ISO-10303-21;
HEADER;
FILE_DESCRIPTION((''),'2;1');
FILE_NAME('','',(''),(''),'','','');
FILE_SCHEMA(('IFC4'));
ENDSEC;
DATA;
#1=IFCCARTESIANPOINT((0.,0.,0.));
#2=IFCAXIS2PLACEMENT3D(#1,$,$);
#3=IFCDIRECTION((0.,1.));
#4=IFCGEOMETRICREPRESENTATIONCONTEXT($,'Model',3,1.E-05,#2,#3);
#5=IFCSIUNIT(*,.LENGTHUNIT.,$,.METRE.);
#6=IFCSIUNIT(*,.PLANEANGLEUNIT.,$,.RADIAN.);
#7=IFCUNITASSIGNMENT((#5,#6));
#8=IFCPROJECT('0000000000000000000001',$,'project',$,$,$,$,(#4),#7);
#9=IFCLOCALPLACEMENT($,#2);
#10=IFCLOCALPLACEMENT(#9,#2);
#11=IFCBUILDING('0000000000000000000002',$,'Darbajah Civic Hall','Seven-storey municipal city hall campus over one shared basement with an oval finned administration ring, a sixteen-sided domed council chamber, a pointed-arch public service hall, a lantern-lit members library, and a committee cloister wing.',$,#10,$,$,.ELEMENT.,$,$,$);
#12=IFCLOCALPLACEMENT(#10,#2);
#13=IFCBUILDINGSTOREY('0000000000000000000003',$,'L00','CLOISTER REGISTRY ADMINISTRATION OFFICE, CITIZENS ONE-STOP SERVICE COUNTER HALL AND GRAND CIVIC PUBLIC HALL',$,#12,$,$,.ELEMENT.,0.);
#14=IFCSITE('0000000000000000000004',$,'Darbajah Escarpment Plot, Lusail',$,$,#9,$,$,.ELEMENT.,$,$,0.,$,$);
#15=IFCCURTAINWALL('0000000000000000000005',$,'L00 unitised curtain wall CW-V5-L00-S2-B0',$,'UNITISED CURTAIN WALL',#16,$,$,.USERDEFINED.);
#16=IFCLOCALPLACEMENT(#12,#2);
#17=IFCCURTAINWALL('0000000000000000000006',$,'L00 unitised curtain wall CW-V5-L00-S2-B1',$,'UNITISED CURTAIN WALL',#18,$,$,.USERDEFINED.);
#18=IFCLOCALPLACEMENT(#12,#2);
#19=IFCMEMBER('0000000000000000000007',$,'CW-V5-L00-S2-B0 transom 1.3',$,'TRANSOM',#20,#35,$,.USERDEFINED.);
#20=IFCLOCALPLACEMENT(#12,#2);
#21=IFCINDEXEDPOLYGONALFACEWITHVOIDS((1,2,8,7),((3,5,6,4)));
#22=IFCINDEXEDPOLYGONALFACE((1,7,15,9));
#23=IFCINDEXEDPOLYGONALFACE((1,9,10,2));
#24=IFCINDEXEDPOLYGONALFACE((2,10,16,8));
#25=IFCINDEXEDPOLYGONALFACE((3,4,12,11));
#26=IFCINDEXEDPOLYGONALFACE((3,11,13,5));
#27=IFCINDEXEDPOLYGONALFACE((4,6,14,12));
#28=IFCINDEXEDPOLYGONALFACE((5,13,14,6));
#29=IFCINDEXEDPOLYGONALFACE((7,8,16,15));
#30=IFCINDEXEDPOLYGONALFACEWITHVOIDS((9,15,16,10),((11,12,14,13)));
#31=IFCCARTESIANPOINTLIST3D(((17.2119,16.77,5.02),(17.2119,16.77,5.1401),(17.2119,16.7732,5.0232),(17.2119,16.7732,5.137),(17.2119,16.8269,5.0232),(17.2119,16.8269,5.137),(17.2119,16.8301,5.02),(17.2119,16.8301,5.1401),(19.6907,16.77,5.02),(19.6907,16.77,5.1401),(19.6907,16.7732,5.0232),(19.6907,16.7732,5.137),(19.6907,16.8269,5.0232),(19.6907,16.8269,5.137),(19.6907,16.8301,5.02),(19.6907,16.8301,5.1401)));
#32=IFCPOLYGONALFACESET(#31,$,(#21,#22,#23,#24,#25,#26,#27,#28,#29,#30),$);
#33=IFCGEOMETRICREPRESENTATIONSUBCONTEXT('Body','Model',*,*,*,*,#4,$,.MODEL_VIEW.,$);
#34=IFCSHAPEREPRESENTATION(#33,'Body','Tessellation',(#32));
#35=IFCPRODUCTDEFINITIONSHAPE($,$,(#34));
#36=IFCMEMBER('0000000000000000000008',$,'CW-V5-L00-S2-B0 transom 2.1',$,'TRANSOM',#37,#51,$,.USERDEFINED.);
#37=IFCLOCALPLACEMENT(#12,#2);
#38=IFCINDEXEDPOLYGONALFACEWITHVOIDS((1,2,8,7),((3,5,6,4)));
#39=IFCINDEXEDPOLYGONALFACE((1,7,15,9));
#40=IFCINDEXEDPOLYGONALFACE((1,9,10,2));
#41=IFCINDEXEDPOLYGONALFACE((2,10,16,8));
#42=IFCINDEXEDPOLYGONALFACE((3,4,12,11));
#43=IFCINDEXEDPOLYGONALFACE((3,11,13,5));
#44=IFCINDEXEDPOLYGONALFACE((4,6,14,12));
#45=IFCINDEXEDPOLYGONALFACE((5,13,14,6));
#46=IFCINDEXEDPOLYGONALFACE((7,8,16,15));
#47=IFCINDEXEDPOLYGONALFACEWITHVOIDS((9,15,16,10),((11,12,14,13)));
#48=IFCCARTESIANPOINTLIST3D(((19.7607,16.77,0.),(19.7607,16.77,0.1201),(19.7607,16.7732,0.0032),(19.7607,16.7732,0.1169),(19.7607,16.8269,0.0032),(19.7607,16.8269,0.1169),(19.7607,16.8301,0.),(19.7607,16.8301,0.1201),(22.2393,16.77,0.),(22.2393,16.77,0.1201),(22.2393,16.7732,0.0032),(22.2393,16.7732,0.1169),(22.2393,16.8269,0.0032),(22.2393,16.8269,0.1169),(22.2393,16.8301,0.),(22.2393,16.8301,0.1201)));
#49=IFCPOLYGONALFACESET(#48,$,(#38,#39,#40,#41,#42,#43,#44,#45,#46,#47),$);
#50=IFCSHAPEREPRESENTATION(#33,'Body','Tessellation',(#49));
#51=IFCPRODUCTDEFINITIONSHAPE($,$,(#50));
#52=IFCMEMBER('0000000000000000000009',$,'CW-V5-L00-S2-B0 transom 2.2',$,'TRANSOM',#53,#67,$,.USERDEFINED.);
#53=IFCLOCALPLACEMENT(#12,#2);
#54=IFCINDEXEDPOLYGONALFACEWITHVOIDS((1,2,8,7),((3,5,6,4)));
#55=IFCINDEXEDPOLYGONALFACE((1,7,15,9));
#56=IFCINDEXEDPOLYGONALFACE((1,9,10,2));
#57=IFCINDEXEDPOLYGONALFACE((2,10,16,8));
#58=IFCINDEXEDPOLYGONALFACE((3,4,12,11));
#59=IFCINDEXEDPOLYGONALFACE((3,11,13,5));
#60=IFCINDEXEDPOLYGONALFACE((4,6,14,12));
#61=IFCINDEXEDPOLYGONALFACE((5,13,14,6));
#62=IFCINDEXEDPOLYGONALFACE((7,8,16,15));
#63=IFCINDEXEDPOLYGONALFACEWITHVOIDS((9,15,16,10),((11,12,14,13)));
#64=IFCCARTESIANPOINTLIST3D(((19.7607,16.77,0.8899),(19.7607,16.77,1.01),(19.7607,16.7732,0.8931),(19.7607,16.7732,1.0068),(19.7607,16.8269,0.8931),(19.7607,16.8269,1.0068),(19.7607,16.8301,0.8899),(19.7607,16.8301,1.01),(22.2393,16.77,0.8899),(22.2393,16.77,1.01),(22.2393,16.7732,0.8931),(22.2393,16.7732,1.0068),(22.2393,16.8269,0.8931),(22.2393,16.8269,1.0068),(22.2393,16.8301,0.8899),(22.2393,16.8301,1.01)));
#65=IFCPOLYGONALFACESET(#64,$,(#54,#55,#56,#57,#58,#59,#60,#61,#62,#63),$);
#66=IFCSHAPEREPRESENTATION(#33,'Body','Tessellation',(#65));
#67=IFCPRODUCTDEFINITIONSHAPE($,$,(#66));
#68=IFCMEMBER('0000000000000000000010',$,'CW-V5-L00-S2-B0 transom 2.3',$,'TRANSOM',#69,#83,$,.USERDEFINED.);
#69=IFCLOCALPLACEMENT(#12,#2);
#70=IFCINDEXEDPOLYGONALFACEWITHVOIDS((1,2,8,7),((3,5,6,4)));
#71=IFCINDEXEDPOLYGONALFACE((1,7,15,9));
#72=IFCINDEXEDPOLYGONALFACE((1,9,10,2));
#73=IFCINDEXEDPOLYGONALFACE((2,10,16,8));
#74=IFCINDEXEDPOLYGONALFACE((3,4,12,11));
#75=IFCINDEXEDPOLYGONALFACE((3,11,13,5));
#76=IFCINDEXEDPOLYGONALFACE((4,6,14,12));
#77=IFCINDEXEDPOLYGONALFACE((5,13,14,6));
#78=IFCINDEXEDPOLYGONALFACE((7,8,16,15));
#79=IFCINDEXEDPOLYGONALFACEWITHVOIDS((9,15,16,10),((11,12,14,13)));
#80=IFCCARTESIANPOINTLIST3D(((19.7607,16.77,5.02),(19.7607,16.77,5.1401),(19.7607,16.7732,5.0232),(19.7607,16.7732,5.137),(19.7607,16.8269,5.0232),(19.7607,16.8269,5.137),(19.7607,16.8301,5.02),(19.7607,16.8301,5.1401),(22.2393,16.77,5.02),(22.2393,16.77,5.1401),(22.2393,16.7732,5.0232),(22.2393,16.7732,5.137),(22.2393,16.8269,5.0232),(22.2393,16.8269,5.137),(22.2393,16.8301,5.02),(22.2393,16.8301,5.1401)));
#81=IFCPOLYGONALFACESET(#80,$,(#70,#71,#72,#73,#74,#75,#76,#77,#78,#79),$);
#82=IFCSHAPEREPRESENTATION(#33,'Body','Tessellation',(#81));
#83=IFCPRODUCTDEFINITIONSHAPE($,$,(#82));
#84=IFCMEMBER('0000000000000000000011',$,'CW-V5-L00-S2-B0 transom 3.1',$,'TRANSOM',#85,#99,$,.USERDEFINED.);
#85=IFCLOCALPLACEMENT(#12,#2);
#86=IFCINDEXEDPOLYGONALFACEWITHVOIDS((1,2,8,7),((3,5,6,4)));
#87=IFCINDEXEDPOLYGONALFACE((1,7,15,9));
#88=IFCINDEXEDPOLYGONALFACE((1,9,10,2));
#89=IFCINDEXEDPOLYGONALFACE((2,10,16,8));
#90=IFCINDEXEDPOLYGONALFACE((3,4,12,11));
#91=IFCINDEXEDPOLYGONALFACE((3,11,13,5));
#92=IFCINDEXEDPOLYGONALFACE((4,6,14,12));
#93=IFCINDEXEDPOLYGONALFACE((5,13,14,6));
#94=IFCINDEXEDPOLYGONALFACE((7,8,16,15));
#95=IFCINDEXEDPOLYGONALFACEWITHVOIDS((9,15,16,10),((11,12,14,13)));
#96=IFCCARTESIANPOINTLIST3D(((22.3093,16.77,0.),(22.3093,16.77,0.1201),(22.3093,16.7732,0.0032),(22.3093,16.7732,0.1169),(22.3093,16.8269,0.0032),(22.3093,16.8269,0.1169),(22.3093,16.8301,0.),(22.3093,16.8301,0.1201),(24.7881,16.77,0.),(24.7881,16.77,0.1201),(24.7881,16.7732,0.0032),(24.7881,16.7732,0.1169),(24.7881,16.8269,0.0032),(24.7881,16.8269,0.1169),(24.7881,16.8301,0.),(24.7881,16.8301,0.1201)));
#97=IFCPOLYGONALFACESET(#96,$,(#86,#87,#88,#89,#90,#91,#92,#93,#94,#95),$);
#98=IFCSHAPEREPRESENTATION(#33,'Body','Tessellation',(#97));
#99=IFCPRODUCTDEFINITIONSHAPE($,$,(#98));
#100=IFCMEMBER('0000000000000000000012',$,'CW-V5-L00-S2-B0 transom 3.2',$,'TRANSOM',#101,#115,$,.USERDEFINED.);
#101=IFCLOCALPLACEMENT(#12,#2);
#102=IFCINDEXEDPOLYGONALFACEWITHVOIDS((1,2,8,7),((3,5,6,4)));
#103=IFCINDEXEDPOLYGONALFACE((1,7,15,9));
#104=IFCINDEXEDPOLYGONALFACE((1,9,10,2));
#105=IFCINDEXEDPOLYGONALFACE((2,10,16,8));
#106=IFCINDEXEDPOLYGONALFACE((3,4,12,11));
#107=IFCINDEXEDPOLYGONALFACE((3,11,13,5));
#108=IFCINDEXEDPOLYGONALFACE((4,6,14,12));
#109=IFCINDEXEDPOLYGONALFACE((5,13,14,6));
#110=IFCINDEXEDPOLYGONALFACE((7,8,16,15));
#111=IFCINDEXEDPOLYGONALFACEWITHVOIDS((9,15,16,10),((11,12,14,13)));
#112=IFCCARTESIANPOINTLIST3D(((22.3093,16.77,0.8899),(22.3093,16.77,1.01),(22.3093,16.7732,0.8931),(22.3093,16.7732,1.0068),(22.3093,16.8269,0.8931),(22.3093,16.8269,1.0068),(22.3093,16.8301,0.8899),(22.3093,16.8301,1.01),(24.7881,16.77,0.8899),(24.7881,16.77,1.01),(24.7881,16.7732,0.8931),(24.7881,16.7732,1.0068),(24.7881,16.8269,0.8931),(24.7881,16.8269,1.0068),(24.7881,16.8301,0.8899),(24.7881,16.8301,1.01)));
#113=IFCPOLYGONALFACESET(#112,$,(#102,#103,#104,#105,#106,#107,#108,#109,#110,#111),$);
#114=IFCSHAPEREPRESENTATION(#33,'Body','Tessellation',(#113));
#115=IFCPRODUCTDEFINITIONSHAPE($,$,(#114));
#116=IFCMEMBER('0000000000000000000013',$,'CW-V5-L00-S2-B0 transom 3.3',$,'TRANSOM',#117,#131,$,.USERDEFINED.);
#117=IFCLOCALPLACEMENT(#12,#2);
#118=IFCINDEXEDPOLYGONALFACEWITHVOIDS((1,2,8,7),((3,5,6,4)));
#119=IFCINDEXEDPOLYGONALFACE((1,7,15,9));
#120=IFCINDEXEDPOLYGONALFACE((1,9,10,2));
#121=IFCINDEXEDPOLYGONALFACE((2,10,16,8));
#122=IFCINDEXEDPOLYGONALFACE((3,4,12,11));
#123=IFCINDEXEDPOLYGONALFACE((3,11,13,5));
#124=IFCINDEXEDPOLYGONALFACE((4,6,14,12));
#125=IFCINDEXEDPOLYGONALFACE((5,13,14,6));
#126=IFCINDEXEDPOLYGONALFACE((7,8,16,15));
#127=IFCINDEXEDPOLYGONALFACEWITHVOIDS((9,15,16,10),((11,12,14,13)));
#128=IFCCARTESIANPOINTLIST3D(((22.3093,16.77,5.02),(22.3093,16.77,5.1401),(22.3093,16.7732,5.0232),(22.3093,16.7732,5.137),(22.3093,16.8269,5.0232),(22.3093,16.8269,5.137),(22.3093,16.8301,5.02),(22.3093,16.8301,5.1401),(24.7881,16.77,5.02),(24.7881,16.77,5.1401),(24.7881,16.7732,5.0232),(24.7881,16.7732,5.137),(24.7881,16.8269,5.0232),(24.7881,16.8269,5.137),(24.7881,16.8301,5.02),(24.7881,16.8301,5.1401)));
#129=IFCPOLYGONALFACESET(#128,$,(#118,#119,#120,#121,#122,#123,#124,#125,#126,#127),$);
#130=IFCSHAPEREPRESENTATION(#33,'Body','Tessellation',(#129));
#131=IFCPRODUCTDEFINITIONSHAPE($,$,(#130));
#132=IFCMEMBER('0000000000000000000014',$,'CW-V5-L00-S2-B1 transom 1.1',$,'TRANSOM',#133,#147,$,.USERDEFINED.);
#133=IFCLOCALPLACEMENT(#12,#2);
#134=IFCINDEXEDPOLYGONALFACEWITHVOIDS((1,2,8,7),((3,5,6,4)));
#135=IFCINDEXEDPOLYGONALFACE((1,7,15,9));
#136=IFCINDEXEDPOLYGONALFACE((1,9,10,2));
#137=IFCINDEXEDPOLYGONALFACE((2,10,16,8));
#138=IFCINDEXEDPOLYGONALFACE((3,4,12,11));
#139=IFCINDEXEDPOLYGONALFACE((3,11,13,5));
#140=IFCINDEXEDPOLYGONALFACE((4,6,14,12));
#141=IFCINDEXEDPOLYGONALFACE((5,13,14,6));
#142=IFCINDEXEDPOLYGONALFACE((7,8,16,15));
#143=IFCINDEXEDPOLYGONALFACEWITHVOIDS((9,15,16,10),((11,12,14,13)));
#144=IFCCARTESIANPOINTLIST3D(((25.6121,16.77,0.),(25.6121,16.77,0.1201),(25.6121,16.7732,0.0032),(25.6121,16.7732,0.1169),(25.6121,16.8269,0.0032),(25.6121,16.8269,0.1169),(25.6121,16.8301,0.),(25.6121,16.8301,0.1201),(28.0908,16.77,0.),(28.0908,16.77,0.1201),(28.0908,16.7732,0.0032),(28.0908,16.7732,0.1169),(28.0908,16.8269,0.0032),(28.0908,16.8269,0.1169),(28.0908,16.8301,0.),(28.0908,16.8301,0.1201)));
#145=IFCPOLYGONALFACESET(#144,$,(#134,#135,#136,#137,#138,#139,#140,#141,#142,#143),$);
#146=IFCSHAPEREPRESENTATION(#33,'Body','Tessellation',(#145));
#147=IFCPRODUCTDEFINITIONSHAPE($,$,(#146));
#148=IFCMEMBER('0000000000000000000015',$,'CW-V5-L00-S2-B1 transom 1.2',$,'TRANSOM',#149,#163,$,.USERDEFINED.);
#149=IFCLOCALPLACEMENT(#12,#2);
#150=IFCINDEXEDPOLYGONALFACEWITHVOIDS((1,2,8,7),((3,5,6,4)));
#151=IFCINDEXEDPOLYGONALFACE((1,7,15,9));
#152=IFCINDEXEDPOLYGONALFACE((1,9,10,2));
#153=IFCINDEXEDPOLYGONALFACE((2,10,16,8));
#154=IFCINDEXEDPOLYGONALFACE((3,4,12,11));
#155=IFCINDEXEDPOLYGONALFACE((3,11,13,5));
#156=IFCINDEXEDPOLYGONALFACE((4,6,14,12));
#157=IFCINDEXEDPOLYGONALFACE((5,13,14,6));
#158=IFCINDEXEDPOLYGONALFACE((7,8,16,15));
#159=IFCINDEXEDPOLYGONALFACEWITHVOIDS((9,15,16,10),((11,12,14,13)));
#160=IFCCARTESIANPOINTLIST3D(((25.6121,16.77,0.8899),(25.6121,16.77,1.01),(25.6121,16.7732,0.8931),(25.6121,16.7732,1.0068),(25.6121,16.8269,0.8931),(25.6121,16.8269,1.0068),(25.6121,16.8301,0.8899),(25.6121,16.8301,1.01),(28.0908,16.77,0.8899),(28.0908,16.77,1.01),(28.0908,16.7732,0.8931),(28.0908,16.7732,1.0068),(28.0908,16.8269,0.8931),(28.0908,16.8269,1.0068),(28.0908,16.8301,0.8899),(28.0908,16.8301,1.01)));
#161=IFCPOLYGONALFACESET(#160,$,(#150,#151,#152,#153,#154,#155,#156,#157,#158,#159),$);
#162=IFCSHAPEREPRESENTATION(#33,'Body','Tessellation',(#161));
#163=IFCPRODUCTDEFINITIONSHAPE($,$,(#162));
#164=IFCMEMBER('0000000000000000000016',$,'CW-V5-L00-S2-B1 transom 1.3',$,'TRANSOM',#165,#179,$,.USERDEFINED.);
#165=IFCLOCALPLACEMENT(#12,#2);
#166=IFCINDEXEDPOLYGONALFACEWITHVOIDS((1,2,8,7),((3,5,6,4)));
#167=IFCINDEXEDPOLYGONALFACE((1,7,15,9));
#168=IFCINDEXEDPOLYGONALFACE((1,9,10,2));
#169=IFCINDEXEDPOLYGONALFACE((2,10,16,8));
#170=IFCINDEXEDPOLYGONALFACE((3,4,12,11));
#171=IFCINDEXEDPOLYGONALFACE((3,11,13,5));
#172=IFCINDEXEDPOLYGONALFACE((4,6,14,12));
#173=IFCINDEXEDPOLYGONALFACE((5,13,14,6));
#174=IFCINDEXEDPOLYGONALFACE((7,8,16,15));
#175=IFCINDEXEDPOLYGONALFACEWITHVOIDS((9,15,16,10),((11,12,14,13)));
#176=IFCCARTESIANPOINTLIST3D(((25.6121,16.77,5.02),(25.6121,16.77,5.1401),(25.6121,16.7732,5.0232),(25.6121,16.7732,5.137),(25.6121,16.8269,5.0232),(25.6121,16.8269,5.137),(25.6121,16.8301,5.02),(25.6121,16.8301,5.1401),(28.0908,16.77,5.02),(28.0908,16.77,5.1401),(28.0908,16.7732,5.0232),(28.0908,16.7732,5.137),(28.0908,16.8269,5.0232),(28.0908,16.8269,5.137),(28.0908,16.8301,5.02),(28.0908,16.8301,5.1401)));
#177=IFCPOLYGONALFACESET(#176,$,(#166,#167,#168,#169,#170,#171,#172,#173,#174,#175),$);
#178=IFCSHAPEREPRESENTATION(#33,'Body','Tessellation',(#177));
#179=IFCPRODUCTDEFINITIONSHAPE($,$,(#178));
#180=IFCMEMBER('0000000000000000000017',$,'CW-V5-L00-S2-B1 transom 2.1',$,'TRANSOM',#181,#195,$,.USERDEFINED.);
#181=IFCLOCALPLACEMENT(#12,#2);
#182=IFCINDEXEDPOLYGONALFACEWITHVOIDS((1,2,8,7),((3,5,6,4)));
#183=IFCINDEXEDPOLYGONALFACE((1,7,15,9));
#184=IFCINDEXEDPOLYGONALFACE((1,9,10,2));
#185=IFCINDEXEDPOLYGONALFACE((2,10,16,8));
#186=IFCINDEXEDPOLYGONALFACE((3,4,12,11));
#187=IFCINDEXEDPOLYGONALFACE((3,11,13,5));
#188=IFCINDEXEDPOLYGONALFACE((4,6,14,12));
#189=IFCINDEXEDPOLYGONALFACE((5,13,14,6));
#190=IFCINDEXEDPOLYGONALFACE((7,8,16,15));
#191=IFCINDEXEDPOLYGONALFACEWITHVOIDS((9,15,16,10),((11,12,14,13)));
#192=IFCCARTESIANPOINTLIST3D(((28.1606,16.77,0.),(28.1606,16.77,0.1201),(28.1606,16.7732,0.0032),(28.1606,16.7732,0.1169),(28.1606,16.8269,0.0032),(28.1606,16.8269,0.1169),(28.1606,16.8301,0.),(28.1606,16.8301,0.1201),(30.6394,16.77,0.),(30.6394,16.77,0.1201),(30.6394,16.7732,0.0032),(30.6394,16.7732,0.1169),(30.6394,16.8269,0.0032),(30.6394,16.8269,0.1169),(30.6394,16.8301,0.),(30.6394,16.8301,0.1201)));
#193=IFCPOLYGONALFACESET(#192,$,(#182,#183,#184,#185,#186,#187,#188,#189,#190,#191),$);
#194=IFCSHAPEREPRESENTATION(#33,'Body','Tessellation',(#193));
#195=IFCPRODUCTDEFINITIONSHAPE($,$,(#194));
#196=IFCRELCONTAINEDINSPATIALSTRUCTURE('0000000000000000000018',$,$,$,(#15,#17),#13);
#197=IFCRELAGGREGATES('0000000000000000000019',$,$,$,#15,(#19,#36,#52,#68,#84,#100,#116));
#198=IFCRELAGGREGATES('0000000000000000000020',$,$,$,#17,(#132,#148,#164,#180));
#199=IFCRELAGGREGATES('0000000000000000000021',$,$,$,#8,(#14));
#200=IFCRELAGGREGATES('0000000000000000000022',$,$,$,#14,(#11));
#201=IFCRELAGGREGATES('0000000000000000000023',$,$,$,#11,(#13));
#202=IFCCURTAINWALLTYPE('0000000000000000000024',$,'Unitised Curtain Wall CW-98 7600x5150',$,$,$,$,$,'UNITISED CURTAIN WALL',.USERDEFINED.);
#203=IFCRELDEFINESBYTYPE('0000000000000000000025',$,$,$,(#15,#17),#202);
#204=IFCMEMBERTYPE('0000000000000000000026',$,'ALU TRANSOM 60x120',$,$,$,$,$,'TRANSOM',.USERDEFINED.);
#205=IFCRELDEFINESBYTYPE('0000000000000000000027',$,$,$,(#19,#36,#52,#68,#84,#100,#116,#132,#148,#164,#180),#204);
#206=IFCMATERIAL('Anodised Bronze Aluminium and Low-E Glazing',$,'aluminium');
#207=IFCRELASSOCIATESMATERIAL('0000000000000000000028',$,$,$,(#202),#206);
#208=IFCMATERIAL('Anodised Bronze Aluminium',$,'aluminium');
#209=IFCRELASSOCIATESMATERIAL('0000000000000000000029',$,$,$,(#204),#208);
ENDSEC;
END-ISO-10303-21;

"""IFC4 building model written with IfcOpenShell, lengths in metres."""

from ifc_helpers import new_model, si_unit, direction, frame, origin, origin_2d, place, context, subcontext, project, spatial, hollow_rectangle, extrude, material, material_profile, profile_set, type_object, element, aggregate, save


model = new_model("IFC4")

# Units and contexts
model_context = context("Model", 3, precision=1e-05, world=origin(), true_north=direction((0.0, 1.0)))
body_context = subcontext(model_context, "Body", "Model", "MODEL_VIEW")
ifc_project = project(units=[si_unit("LENGTHUNIT", "METRE"), si_unit("PLANEANGLEUNIT", "RADIAN")], contexts=[model_context])

# Site, building, storey
site_placement = place(None, origin())
site = spatial("IfcSite", under=ifc_project, at=site_placement, Name="Darbajah Escarpment Plot, Lusail", CompositionType="ELEMENT", RefElevation=0.0)
building_placement = place(site_placement, origin())
building = spatial("IfcBuilding", under=site, at=building_placement, Name="Darbajah Civic Hall", Description="Seven-storey municipal city hall campus over one shared basement with an oval finned administration ring, a sixteen-sided domed council chamber, a pointed-arch public service hall, a lantern-lit members library, and a committee cloister wing.", CompositionType="ELEMENT")
storey_placement = place(building_placement, origin())
storey = spatial("IfcBuildingStorey", under=building, at=storey_placement, Name="L00", Description="CLOISTER REGISTRY ADMINISTRATION OFFICE, CITIZENS ONE-STOP SERVICE COUNTER HALL AND GRAND CIVIC PUBLIC HALL", CompositionType="ELEMENT", Elevation=0.0)

# Shared definitions
ifc_material_1 = material(Name="Anodised Bronze Aluminium and Low-E Glazing", Category="aluminium")
curtain_wall_type = type_object("IfcCurtainWallType", Name="Unitised Curtain Wall CW-98 7600x5150", ElementType="UNITISED CURTAIN WALL", PredefinedType="USERDEFINED", material=ifc_material_1)
ifc_material_2 = material(Name="Anodised Bronze Aluminium", Category="aluminium")

# Curtain walls
curtain_wall_1_placement = place(storey_placement, origin())
curtain_wall_1 = element("IfcCurtainWall", 1, at=curtain_wall_1_placement, inside=storey, type_object=curtain_wall_type, Name="L00 unitised curtain wall CW-V5-L00-S2-B0", ObjectType="UNITISED CURTAIN WALL", PredefinedType="USERDEFINED")
curtain_wall_2_placement = place(storey_placement, origin())
curtain_wall_2 = element("IfcCurtainWall", 2, at=curtain_wall_2_placement, inside=storey, type_object=curtain_wall_type, Name="L00 unitised curtain wall CW-V5-L00-S2-B1", ObjectType="UNITISED CURTAIN WALL", PredefinedType="USERDEFINED")

# Members
ifc_material_profile_1 = material_profile(ifc_material_2, hollow_rectangle(XDim=0.0601, YDim=0.1201, WallThickness=0.0032, at=origin_2d()), Name="ALU TRANSOM 60x120")
ifc_profile_set_1 = profile_set([ifc_material_profile_1], Name="Anodised Bronze Aluminium")
member_type_1 = type_object("IfcMemberType", Name="ALU TRANSOM 60x120", ElementType="TRANSOM", PredefinedType="USERDEFINED", material=ifc_profile_set_1)
member_1_placement = place(storey_placement, frame((17.2119, 16.8, 5.0801), z_axis=(1.0, 0.0, 0.0), x_axis=(0.0, 1.0, 0.0)))
member_1 = element("IfcMember", 3, at=member_1_placement, type_object=member_type_1, Name="CW-V5-L00-S2-B0 transom 1.3", ObjectType="TRANSOM", PredefinedType="USERDEFINED", context=body_context, shape_type="SweptSolid", body=[
    extrude(hollow_rectangle(XDim=0.0601, YDim=0.1201, WallThickness=0.0032, at=origin_2d()), origin(), (0.0, 0.0, 1.0), 2.4788),
])
member_2_placement = place(storey_placement, frame((19.7607, 16.8, 0.0601), z_axis=(1.0, 0.0, 0.0), x_axis=(0.0, 1.0, 0.0)))
member_2 = element("IfcMember", 4, at=member_2_placement, type_object=member_type_1, Name="CW-V5-L00-S2-B0 transom 2.1", ObjectType="TRANSOM", PredefinedType="USERDEFINED", context=body_context, shape_type="SweptSolid", body=[
    extrude(hollow_rectangle(XDim=0.0601, YDim=0.1201, WallThickness=0.0032, at=origin_2d()), origin(), (0.0, 0.0, 1.0), 2.4785),
])
member_3_placement = place(storey_placement, frame((19.7607, 16.8, 0.95), z_axis=(1.0, 0.0, 0.0), x_axis=(0.0, 1.0, 0.0)))
member_3 = element("IfcMember", 5, at=member_3_placement, type_object=member_type_1, Name="CW-V5-L00-S2-B0 transom 2.2", ObjectType="TRANSOM", PredefinedType="USERDEFINED", context=body_context, shape_type="SweptSolid", body=[
    extrude(hollow_rectangle(XDim=0.0601, YDim=0.1201, WallThickness=0.0032, at=origin_2d()), origin(), (0.0, 0.0, 1.0), 2.4785),
])
member_4_placement = place(storey_placement, frame((19.7607, 16.8, 5.0801), z_axis=(1.0, 0.0, 0.0), x_axis=(0.0, 1.0, 0.0)))
member_4 = element("IfcMember", 6, at=member_4_placement, type_object=member_type_1, Name="CW-V5-L00-S2-B0 transom 2.3", ObjectType="TRANSOM", PredefinedType="USERDEFINED", context=body_context, shape_type="SweptSolid", body=[
    extrude(hollow_rectangle(XDim=0.0601, YDim=0.1201, WallThickness=0.0032, at=origin_2d()), origin(), (0.0, 0.0, 1.0), 2.4785),
])
member_5_placement = place(storey_placement, frame((22.3093, 16.8, 0.0601), z_axis=(1.0, 0.0, 0.0), x_axis=(0.0, 1.0, 0.0)))
member_5 = element("IfcMember", 7, at=member_5_placement, type_object=member_type_1, Name="CW-V5-L00-S2-B0 transom 3.1", ObjectType="TRANSOM", PredefinedType="USERDEFINED", context=body_context, shape_type="SweptSolid", body=[
    extrude(hollow_rectangle(XDim=0.0601, YDim=0.1201, WallThickness=0.0032, at=origin_2d()), origin(), (0.0, 0.0, 1.0), 2.4788),
])
member_6_placement = place(storey_placement, frame((22.3093, 16.8, 0.95), z_axis=(1.0, 0.0, 0.0), x_axis=(0.0, 1.0, 0.0)))
member_6 = element("IfcMember", 8, at=member_6_placement, type_object=member_type_1, Name="CW-V5-L00-S2-B0 transom 3.2", ObjectType="TRANSOM", PredefinedType="USERDEFINED", context=body_context, shape_type="SweptSolid", body=[
    extrude(hollow_rectangle(XDim=0.0601, YDim=0.1201, WallThickness=0.0032, at=origin_2d()), origin(), (0.0, 0.0, 1.0), 2.4788),
])
member_7_placement = place(storey_placement, frame((22.3093, 16.8, 5.0801), z_axis=(1.0, 0.0, 0.0), x_axis=(0.0, 1.0, 0.0)))
member_7 = element("IfcMember", 9, at=member_7_placement, type_object=member_type_1, Name="CW-V5-L00-S2-B0 transom 3.3", ObjectType="TRANSOM", PredefinedType="USERDEFINED", context=body_context, shape_type="SweptSolid", body=[
    extrude(hollow_rectangle(XDim=0.0601, YDim=0.1201, WallThickness=0.0032, at=origin_2d()), origin(), (0.0, 0.0, 1.0), 2.4788),
])
member_8_placement = place(storey_placement, frame((25.6121, 16.8, 0.0601), z_axis=(1.0, 0.0, 0.0), x_axis=(0.0, 1.0, 0.0)))
member_8 = element("IfcMember", 10, at=member_8_placement, type_object=member_type_1, Name="CW-V5-L00-S2-B1 transom 1.1", ObjectType="TRANSOM", PredefinedType="USERDEFINED", context=body_context, shape_type="SweptSolid", body=[
    extrude(hollow_rectangle(XDim=0.0601, YDim=0.1201, WallThickness=0.0032, at=origin_2d()), origin(), (0.0, 0.0, 1.0), 2.4788),
])
member_9_placement = place(storey_placement, frame((25.6121, 16.8, 0.95), z_axis=(1.0, 0.0, 0.0), x_axis=(0.0, 1.0, 0.0)))
member_9 = element("IfcMember", 11, at=member_9_placement, type_object=member_type_1, Name="CW-V5-L00-S2-B1 transom 1.2", ObjectType="TRANSOM", PredefinedType="USERDEFINED", context=body_context, shape_type="SweptSolid", body=[
    extrude(hollow_rectangle(XDim=0.0601, YDim=0.1201, WallThickness=0.0032, at=origin_2d()), origin(), (0.0, 0.0, 1.0), 2.4788),
])
member_10_placement = place(storey_placement, frame((25.6121, 16.8, 5.0801), z_axis=(1.0, 0.0, 0.0), x_axis=(0.0, 1.0, 0.0)))
member_10 = element("IfcMember", 12, at=member_10_placement, type_object=member_type_1, Name="CW-V5-L00-S2-B1 transom 1.3", ObjectType="TRANSOM", PredefinedType="USERDEFINED", context=body_context, shape_type="SweptSolid", body=[
    extrude(hollow_rectangle(XDim=0.0601, YDim=0.1201, WallThickness=0.0032, at=origin_2d()), origin(), (0.0, 0.0, 1.0), 2.4788),
])
member_11_placement = place(storey_placement, frame((28.1606, 16.8, 0.0601), z_axis=(1.0, 0.0, 0.0), x_axis=(0.0, 1.0, 0.0)))
member_11 = element("IfcMember", 13, at=member_11_placement, type_object=member_type_1, Name="CW-V5-L00-S2-B1 transom 2.1", ObjectType="TRANSOM", PredefinedType="USERDEFINED", context=body_context, shape_type="SweptSolid", body=[
    extrude(hollow_rectangle(XDim=0.0601, YDim=0.1201, WallThickness=0.0032, at=origin_2d()), origin(), (0.0, 0.0, 1.0), 2.4788),
])

aggregate(curtain_wall_1, [member_1, member_2, member_3, member_4, member_5, member_6, member_7])
aggregate(curtain_wall_2, [member_8, member_9, member_10, member_11])

save(model, "model.ifc")
